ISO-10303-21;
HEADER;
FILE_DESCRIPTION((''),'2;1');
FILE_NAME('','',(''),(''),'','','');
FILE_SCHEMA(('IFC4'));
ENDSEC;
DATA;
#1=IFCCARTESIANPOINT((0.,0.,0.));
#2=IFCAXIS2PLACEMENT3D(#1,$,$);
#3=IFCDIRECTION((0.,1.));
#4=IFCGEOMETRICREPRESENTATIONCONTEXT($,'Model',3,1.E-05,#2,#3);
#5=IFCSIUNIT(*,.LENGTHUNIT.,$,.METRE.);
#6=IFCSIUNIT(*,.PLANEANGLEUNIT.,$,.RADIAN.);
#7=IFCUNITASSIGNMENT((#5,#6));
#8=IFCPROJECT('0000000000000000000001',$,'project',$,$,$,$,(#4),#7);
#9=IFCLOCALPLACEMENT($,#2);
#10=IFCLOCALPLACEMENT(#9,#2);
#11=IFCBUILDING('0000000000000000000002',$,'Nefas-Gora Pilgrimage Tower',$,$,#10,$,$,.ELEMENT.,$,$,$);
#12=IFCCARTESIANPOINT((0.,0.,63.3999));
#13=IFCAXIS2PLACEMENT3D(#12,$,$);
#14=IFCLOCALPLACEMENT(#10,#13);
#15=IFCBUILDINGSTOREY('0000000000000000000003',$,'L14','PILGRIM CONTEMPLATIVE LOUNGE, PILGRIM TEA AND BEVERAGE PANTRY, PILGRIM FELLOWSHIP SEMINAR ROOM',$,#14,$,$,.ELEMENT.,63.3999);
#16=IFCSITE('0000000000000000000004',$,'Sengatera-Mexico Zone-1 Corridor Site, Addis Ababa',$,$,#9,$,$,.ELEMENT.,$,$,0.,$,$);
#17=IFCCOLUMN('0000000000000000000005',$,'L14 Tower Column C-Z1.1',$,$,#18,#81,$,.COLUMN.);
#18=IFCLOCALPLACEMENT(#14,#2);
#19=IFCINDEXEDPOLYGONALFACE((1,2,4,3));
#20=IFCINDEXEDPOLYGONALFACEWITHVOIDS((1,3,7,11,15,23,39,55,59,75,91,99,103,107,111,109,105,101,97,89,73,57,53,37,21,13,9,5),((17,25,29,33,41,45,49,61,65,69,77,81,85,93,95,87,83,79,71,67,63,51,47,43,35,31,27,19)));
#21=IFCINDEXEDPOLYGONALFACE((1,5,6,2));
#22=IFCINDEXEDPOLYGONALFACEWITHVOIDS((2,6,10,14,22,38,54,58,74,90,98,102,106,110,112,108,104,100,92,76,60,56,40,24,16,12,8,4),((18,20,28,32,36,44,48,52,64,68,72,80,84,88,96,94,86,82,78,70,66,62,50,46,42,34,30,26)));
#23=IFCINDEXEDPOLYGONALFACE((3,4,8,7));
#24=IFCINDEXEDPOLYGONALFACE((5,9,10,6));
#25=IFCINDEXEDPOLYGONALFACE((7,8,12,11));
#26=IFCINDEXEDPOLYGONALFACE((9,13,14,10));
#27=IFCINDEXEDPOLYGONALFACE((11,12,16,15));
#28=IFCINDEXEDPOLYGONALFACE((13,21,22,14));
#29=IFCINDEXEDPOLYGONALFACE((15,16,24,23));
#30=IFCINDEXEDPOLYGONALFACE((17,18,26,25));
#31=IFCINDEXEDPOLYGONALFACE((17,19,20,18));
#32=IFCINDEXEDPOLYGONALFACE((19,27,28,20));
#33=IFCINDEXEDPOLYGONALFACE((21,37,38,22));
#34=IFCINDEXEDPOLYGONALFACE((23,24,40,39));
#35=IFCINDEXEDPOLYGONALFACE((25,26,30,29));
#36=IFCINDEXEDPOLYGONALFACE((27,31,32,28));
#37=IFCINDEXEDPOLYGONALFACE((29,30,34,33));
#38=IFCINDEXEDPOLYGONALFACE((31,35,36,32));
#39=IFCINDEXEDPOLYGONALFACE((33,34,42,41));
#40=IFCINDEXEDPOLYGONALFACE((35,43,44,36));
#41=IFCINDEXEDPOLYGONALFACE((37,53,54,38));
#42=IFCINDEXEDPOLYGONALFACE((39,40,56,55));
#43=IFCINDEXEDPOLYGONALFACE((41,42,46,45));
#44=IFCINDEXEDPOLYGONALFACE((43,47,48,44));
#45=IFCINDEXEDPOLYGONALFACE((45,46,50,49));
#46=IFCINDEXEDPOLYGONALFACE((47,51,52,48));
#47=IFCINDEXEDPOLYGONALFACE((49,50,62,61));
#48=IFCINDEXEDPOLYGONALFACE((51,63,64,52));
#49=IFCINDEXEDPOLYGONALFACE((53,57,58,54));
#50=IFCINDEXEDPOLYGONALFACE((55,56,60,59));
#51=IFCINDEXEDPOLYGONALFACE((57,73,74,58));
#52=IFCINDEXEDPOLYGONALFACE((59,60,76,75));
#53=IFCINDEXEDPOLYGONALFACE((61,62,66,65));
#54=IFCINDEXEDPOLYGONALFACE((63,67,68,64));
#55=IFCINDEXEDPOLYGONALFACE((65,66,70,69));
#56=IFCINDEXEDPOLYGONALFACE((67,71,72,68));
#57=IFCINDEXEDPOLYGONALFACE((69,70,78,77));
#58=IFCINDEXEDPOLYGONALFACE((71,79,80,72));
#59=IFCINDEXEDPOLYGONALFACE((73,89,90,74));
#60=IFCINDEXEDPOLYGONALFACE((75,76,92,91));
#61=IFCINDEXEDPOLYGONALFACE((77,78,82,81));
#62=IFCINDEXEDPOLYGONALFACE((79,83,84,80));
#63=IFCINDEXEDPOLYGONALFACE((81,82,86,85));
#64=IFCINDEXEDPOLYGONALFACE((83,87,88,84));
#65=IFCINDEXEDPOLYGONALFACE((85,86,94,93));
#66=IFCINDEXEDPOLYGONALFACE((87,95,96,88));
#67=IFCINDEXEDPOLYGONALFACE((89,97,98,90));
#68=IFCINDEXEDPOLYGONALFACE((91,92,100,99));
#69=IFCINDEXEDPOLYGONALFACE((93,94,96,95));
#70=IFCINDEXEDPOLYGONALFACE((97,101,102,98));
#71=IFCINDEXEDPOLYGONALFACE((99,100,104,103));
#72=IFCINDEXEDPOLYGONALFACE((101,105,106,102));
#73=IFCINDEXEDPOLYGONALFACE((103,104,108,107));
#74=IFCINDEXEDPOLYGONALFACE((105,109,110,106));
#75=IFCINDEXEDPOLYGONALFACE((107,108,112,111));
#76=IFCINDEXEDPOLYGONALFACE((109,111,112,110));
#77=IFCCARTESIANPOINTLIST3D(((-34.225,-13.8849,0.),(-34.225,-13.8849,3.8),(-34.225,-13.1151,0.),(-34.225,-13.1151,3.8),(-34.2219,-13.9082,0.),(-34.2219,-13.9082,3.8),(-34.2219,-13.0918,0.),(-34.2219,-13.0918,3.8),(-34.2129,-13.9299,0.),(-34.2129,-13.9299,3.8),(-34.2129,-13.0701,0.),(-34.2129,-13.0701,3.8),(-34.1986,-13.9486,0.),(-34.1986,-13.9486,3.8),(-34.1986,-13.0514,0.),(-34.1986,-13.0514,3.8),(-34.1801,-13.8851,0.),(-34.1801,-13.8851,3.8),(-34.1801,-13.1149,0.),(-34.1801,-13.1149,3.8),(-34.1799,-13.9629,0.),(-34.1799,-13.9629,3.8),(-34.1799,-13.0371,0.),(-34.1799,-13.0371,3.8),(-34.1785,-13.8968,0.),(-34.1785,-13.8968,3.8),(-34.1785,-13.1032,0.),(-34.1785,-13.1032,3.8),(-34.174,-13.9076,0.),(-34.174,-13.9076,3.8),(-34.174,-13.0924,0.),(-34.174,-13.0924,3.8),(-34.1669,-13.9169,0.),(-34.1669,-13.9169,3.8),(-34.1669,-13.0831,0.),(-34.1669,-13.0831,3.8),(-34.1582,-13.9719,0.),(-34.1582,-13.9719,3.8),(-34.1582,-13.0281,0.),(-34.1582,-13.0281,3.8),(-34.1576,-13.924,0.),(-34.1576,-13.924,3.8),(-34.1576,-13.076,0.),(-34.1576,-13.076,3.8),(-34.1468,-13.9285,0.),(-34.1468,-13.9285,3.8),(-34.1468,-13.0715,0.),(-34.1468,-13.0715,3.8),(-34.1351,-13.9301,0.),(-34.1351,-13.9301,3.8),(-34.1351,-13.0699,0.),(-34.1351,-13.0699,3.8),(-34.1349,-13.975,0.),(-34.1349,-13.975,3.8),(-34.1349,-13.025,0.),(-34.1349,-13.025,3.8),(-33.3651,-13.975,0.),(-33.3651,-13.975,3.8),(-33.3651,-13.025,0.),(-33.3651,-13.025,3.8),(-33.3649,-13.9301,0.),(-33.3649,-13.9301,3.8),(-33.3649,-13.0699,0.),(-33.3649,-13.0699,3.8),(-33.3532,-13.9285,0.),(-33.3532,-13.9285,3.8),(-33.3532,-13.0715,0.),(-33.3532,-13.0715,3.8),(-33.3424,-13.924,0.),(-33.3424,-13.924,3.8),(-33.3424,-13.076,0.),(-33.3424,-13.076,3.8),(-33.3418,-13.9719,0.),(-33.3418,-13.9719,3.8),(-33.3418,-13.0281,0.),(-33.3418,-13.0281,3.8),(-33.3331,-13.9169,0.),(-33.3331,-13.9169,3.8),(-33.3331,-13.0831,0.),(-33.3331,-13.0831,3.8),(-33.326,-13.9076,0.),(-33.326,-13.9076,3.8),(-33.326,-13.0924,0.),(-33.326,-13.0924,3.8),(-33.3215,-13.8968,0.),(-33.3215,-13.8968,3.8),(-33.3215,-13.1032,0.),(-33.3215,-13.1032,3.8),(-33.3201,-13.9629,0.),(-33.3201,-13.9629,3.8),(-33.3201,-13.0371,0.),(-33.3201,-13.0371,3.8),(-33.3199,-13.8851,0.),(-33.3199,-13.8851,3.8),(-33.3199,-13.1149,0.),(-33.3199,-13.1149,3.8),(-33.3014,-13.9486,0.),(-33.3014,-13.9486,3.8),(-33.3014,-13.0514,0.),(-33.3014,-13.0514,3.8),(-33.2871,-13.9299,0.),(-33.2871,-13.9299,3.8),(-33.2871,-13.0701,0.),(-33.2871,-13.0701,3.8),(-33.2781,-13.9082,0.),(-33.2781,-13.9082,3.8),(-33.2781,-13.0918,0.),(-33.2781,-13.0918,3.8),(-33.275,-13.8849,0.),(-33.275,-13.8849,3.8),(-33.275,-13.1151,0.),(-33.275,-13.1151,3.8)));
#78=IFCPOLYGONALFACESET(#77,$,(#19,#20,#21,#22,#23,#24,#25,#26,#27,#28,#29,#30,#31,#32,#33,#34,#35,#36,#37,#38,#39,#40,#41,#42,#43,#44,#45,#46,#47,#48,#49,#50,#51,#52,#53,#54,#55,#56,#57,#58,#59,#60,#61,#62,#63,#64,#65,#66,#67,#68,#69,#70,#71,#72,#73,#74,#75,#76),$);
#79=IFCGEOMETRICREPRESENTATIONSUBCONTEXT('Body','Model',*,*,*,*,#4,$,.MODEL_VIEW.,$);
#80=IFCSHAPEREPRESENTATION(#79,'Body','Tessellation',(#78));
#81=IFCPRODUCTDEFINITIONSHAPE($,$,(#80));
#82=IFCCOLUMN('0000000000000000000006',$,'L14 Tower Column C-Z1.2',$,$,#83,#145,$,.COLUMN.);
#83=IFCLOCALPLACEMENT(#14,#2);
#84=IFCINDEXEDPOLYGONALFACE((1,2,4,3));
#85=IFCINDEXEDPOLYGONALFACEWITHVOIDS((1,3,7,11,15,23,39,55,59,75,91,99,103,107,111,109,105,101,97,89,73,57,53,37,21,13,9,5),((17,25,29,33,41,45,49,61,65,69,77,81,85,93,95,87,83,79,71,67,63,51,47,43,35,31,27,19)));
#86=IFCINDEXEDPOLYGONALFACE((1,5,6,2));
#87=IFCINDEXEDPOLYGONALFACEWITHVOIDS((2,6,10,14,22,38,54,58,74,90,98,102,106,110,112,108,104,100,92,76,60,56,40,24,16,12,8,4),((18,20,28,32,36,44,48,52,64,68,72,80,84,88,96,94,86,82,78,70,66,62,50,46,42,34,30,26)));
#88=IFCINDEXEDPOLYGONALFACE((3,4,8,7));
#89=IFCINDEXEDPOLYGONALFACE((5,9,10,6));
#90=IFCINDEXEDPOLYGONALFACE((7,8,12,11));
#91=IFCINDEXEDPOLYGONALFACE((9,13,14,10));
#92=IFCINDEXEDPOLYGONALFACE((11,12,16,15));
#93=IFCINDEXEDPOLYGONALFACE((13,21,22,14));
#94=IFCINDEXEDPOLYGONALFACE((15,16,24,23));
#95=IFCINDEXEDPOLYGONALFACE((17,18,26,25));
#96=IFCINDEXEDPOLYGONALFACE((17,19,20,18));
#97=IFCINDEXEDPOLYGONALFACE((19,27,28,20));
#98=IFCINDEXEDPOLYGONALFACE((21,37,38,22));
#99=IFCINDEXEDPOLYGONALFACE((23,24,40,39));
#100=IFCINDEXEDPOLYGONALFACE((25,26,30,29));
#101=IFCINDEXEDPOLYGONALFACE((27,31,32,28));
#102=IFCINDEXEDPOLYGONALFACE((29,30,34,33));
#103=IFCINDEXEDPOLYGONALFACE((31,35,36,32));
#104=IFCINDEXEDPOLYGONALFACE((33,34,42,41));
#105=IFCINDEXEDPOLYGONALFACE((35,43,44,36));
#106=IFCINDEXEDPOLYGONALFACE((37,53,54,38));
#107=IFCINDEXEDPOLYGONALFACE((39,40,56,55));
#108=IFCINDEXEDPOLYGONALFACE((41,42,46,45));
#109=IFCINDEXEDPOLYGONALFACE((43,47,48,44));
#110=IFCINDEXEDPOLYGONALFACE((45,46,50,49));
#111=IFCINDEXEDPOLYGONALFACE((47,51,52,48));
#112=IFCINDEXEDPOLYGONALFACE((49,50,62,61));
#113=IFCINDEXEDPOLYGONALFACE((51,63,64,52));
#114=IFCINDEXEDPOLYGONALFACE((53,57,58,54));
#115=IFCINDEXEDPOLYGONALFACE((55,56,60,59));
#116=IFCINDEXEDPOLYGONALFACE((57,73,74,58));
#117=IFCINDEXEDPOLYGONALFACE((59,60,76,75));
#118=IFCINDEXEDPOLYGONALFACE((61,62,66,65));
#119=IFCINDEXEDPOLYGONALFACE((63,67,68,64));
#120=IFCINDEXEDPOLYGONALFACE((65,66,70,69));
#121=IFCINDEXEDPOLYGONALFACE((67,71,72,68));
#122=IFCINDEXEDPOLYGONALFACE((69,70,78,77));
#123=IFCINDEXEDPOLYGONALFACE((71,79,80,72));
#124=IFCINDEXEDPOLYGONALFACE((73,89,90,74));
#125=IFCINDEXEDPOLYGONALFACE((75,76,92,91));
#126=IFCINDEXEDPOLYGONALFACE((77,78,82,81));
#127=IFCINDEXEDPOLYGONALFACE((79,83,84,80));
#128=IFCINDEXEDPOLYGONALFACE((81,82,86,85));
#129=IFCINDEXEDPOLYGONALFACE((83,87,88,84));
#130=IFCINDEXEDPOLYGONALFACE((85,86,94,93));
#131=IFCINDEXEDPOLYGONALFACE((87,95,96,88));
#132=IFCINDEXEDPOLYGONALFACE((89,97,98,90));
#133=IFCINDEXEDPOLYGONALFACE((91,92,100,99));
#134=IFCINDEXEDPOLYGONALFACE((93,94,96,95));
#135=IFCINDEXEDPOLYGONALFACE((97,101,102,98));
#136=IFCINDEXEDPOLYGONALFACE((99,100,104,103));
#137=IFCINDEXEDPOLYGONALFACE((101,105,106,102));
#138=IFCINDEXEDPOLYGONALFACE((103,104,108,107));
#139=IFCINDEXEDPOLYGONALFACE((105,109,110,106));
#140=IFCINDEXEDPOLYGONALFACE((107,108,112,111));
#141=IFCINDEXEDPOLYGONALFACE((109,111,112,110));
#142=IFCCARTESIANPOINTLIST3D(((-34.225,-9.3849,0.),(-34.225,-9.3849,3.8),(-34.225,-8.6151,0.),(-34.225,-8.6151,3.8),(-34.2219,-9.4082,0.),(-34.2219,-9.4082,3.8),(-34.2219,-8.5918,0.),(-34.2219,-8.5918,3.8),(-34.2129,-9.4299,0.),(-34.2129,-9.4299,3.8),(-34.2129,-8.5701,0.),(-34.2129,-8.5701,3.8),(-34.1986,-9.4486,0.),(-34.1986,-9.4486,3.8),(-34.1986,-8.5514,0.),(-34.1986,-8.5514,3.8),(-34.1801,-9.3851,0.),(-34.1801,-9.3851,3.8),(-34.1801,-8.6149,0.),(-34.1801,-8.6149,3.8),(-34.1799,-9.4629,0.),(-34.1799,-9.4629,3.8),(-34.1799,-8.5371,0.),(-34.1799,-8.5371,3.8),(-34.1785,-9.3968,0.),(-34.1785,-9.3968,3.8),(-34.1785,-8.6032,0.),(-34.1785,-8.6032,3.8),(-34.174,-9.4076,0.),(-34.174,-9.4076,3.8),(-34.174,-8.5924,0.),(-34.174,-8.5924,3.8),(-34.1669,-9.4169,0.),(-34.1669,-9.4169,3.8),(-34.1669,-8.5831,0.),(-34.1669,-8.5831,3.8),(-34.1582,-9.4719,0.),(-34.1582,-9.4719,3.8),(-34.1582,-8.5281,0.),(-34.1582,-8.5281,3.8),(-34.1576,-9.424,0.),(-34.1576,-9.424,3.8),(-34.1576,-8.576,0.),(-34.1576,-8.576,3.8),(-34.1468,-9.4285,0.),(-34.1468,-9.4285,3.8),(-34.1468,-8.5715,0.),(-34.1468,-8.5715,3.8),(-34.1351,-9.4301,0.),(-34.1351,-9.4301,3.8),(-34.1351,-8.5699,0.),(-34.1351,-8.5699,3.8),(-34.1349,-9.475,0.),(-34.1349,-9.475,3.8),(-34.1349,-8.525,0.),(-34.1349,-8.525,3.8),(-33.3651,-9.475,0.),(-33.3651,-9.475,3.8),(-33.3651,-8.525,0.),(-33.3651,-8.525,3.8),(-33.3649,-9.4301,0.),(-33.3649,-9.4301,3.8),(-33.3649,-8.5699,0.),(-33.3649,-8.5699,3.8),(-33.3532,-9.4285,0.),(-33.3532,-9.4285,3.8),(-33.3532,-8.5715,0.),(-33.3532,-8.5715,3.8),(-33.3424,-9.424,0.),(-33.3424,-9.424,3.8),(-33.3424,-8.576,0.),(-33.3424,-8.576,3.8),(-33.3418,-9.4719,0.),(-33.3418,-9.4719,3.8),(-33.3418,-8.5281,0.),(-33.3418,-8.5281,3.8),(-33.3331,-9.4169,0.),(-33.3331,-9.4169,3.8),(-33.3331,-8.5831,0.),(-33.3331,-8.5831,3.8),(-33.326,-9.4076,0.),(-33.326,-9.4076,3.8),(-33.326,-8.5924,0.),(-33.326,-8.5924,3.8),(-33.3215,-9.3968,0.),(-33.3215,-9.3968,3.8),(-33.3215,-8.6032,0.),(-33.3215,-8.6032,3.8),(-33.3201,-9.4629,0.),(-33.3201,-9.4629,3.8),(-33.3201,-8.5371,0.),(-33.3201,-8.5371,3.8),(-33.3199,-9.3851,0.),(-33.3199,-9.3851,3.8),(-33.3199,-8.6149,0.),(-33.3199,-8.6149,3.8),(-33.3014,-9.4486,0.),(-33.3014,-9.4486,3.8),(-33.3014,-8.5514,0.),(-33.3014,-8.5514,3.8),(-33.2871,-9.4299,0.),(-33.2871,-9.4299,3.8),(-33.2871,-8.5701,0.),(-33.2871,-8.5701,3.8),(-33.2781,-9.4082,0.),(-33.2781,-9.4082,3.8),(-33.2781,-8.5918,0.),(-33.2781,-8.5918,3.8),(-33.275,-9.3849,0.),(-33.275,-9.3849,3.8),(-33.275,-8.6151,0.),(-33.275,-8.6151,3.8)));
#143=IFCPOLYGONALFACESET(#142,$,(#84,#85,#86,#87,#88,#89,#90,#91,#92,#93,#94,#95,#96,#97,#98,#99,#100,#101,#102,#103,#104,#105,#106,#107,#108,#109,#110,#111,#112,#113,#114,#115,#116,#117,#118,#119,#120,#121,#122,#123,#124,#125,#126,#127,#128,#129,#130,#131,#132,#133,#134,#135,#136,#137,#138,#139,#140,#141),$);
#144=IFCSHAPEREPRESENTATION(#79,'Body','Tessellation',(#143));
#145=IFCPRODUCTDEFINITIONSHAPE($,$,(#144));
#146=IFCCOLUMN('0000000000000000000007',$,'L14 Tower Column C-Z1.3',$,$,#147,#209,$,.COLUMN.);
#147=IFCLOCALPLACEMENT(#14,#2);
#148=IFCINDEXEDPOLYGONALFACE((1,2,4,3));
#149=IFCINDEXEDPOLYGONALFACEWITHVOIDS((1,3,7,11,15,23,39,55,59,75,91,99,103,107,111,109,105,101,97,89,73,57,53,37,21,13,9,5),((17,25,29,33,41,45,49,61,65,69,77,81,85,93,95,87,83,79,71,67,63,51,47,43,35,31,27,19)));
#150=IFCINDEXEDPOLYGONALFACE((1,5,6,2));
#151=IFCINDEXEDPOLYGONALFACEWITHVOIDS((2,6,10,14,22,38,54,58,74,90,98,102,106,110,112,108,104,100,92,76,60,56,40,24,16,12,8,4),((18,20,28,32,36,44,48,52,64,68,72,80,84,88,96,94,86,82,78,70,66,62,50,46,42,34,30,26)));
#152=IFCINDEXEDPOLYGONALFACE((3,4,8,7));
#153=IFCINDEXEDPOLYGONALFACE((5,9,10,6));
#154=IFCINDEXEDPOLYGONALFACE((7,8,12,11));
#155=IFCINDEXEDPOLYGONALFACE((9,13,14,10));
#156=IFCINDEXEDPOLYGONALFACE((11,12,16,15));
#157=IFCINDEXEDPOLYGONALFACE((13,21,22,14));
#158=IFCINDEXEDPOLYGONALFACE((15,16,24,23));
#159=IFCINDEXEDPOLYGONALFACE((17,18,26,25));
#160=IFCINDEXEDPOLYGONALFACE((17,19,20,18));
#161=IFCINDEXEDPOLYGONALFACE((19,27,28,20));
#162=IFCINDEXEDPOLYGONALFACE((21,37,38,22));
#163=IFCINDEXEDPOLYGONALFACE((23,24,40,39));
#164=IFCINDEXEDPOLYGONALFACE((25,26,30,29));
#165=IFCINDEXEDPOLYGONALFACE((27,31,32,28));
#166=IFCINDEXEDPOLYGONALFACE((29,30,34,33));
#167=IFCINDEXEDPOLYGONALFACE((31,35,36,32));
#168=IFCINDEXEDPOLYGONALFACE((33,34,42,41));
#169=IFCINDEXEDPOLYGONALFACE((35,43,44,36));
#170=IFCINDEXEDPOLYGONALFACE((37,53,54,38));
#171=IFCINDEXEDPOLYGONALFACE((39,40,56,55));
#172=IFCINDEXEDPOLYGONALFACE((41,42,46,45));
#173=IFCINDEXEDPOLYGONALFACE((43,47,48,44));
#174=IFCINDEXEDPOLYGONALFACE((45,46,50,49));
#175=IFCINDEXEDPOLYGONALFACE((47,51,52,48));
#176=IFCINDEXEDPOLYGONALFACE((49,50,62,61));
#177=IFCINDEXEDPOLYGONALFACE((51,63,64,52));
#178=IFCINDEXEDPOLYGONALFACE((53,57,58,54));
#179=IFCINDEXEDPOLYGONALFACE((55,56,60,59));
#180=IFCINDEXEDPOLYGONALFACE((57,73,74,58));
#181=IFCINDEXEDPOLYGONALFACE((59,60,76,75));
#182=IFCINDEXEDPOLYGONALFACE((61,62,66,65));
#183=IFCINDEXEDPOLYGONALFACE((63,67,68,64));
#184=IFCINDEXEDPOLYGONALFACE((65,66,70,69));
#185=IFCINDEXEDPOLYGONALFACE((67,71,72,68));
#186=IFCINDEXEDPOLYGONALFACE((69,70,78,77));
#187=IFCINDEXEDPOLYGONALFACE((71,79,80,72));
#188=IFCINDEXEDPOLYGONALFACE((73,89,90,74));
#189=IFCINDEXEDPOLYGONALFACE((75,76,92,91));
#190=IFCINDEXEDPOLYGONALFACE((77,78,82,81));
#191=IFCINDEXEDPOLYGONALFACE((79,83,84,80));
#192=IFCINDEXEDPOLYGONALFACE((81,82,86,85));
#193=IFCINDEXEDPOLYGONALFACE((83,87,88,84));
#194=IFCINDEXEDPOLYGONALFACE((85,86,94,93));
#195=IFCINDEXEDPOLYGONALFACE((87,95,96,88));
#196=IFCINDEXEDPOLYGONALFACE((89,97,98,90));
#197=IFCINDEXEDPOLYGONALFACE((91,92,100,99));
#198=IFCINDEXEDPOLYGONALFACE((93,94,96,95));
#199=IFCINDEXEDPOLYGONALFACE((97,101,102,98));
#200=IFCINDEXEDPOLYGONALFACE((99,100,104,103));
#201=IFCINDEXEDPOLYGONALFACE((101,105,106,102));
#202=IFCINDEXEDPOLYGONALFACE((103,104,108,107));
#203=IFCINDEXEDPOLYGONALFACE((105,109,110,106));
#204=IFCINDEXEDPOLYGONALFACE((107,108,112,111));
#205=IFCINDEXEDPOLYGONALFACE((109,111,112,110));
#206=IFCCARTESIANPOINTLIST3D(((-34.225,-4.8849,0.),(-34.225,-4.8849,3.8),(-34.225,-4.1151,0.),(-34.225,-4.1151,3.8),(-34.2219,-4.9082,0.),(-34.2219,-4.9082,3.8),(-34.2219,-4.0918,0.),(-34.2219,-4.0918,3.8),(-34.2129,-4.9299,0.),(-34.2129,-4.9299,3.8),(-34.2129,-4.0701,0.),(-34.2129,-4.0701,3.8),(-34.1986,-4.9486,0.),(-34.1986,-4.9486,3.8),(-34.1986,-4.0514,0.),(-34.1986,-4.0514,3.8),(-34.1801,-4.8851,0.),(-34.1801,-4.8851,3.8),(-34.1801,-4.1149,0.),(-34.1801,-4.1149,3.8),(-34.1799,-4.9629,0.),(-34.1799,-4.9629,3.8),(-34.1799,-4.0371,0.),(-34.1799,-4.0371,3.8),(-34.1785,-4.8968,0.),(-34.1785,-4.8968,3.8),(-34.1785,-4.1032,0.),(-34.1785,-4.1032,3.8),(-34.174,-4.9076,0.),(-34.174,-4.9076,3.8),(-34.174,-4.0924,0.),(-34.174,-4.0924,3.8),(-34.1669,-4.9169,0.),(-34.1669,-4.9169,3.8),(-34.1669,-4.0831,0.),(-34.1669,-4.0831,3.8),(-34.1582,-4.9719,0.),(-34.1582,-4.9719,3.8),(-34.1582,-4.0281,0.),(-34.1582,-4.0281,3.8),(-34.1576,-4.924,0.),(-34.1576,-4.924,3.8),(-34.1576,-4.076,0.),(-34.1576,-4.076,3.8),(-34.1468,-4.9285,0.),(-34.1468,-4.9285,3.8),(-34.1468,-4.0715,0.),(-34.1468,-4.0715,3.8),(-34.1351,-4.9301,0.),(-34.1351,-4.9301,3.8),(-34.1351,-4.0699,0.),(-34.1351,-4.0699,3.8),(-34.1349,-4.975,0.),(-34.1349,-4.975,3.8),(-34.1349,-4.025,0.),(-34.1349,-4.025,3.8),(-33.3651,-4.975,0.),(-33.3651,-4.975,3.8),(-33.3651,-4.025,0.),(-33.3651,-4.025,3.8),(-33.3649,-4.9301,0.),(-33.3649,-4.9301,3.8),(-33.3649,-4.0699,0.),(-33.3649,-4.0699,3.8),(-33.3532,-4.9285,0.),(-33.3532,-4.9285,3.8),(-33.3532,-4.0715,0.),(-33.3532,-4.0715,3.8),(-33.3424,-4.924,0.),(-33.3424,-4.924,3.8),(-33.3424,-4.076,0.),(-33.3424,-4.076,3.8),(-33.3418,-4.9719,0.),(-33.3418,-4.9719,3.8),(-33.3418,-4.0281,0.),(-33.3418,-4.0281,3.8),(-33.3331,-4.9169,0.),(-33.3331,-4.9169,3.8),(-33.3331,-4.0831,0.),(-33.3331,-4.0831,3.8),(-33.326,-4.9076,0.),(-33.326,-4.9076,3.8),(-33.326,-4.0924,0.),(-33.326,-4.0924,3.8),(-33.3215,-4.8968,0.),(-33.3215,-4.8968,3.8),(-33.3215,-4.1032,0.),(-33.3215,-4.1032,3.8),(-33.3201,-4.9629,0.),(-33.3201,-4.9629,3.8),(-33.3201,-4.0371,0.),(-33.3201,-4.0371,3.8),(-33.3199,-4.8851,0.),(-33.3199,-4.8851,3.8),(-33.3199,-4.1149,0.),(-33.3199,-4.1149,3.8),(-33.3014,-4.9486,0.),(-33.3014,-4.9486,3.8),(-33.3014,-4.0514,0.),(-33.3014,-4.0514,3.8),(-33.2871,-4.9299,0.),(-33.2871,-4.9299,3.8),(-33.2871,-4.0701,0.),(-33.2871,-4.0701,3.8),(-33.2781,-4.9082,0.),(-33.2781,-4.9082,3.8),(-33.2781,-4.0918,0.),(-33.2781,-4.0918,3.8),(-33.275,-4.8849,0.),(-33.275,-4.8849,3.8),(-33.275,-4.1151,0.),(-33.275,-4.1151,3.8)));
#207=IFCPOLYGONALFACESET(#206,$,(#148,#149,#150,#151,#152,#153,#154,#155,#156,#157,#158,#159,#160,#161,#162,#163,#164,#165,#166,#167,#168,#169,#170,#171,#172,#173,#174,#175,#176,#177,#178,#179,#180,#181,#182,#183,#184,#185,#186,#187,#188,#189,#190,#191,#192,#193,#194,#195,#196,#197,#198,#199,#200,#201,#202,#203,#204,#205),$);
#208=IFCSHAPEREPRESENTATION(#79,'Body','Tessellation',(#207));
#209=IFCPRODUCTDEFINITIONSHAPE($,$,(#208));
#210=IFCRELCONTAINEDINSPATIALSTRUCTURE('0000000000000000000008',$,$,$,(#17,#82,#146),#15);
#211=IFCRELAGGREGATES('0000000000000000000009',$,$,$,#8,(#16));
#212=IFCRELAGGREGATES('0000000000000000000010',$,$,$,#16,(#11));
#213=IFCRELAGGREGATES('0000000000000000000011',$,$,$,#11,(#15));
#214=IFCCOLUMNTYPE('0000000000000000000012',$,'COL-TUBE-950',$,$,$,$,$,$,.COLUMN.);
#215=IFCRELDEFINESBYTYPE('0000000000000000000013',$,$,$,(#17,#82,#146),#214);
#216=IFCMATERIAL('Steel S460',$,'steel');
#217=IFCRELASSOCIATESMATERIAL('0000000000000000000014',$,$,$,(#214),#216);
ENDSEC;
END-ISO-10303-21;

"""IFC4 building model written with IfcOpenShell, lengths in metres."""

from ifc_helpers import new_model, si_unit, direction, frame, origin, origin_2d, place, context, subcontext, project, spatial, hollow_rectangle, extrude, source, transform, mapped, material, material_profile, profile_set, type_object, element, save


model = new_model("IFC4")

# Units and contexts
model_context = context("Model", 3, precision=1e-05, world=origin(), true_north=direction((0.0, 1.0)))
body_context = subcontext(model_context, "Body", "Model", "MODEL_VIEW")
ifc_project = project(units=[si_unit("LENGTHUNIT", "METRE"), si_unit("PLANEANGLEUNIT", "RADIAN")], contexts=[model_context])

# Site, building, storey
site_placement = place(None, origin())
site = spatial("IfcSite", under=ifc_project, at=site_placement, Name="Sengatera-Mexico Zone-1 Corridor Site, Addis Ababa", CompositionType="ELEMENT", RefElevation=0.0)
building_placement = place(site_placement, origin())
building = spatial("IfcBuilding", under=site, at=building_placement, Name="Nefas-Gora Pilgrimage Tower", CompositionType="ELEMENT")
storey_placement = place(building_placement, frame((0.0, 0.0, 63.3999)))
storey = spatial("IfcBuildingStorey", under=building, at=storey_placement, Name="L14", Description="PILGRIM CONTEMPLATIVE LOUNGE, PILGRIM TEA AND BEVERAGE PANTRY, PILGRIM FELLOWSHIP SEMINAR ROOM", CompositionType="ELEMENT", Elevation=63.3999)

# Columns
ifc_material_1 = material(Name="Steel S460", Category="steel")
ifc_material_profile_1 = material_profile(ifc_material_1, hollow_rectangle(XDim=0.95, YDim=0.95, WallThickness=0.0449, InnerFilletRadius=0.0449, OuterFilletRadius=0.0901, at=origin_2d()), Name="BOX 950x950x45")
ifc_profile_set_1 = profile_set([ifc_material_profile_1], Name="Steel S460")
column_type_1 = type_object("IfcColumnType", Name="COL-TUBE-950", PredefinedType="COLUMN", material=ifc_profile_set_1)
shared_shape_1 = source(origin(), body_context, "Body", "SweptSolid", [
    extrude(hollow_rectangle(XDim=0.95, YDim=0.95, WallThickness=0.0449, InnerFilletRadius=0.0449, OuterFilletRadius=0.0901, at=origin_2d()), origin(), (0.0, 0.0, 1.0), 3.8),
])
for number, where, z_axis, x_axis, name in (
    (1, (-33.75, -13.5, 0.0), (0.0, 0.0, 1.0), (1.0, 0.0, 0.0), "L14 Tower Column C-Z1.1"),
    (2, (-33.75, -9.0, 0.0), (0.0, 0.0, 1.0), (1.0, 0.0, 0.0), "L14 Tower Column C-Z1.2"),
    (3, (-33.75, -4.5, 0.0), (0.0, 0.0, 1.0), (1.0, 0.0, 0.0), "L14 Tower Column C-Z1.3"),
):
    element("IfcColumn", number, at=place(storey_placement, frame(where, z_axis=z_axis, x_axis=x_axis)), inside=storey, type_object=column_type_1, Name=name, PredefinedType="COLUMN", context=body_context, shape_type="MappedRepresentation", body=[
        mapped(shared_shape_1, transform((0.0, 0.0, 0.0), x_axis=(1.0, 0.0, 0.0), y_axis=(0.0, 1.0, 0.0), z_axis=(0.0, 0.0, 1.0), scale=1.0)),
    ])

save(model, "model.ifc")
